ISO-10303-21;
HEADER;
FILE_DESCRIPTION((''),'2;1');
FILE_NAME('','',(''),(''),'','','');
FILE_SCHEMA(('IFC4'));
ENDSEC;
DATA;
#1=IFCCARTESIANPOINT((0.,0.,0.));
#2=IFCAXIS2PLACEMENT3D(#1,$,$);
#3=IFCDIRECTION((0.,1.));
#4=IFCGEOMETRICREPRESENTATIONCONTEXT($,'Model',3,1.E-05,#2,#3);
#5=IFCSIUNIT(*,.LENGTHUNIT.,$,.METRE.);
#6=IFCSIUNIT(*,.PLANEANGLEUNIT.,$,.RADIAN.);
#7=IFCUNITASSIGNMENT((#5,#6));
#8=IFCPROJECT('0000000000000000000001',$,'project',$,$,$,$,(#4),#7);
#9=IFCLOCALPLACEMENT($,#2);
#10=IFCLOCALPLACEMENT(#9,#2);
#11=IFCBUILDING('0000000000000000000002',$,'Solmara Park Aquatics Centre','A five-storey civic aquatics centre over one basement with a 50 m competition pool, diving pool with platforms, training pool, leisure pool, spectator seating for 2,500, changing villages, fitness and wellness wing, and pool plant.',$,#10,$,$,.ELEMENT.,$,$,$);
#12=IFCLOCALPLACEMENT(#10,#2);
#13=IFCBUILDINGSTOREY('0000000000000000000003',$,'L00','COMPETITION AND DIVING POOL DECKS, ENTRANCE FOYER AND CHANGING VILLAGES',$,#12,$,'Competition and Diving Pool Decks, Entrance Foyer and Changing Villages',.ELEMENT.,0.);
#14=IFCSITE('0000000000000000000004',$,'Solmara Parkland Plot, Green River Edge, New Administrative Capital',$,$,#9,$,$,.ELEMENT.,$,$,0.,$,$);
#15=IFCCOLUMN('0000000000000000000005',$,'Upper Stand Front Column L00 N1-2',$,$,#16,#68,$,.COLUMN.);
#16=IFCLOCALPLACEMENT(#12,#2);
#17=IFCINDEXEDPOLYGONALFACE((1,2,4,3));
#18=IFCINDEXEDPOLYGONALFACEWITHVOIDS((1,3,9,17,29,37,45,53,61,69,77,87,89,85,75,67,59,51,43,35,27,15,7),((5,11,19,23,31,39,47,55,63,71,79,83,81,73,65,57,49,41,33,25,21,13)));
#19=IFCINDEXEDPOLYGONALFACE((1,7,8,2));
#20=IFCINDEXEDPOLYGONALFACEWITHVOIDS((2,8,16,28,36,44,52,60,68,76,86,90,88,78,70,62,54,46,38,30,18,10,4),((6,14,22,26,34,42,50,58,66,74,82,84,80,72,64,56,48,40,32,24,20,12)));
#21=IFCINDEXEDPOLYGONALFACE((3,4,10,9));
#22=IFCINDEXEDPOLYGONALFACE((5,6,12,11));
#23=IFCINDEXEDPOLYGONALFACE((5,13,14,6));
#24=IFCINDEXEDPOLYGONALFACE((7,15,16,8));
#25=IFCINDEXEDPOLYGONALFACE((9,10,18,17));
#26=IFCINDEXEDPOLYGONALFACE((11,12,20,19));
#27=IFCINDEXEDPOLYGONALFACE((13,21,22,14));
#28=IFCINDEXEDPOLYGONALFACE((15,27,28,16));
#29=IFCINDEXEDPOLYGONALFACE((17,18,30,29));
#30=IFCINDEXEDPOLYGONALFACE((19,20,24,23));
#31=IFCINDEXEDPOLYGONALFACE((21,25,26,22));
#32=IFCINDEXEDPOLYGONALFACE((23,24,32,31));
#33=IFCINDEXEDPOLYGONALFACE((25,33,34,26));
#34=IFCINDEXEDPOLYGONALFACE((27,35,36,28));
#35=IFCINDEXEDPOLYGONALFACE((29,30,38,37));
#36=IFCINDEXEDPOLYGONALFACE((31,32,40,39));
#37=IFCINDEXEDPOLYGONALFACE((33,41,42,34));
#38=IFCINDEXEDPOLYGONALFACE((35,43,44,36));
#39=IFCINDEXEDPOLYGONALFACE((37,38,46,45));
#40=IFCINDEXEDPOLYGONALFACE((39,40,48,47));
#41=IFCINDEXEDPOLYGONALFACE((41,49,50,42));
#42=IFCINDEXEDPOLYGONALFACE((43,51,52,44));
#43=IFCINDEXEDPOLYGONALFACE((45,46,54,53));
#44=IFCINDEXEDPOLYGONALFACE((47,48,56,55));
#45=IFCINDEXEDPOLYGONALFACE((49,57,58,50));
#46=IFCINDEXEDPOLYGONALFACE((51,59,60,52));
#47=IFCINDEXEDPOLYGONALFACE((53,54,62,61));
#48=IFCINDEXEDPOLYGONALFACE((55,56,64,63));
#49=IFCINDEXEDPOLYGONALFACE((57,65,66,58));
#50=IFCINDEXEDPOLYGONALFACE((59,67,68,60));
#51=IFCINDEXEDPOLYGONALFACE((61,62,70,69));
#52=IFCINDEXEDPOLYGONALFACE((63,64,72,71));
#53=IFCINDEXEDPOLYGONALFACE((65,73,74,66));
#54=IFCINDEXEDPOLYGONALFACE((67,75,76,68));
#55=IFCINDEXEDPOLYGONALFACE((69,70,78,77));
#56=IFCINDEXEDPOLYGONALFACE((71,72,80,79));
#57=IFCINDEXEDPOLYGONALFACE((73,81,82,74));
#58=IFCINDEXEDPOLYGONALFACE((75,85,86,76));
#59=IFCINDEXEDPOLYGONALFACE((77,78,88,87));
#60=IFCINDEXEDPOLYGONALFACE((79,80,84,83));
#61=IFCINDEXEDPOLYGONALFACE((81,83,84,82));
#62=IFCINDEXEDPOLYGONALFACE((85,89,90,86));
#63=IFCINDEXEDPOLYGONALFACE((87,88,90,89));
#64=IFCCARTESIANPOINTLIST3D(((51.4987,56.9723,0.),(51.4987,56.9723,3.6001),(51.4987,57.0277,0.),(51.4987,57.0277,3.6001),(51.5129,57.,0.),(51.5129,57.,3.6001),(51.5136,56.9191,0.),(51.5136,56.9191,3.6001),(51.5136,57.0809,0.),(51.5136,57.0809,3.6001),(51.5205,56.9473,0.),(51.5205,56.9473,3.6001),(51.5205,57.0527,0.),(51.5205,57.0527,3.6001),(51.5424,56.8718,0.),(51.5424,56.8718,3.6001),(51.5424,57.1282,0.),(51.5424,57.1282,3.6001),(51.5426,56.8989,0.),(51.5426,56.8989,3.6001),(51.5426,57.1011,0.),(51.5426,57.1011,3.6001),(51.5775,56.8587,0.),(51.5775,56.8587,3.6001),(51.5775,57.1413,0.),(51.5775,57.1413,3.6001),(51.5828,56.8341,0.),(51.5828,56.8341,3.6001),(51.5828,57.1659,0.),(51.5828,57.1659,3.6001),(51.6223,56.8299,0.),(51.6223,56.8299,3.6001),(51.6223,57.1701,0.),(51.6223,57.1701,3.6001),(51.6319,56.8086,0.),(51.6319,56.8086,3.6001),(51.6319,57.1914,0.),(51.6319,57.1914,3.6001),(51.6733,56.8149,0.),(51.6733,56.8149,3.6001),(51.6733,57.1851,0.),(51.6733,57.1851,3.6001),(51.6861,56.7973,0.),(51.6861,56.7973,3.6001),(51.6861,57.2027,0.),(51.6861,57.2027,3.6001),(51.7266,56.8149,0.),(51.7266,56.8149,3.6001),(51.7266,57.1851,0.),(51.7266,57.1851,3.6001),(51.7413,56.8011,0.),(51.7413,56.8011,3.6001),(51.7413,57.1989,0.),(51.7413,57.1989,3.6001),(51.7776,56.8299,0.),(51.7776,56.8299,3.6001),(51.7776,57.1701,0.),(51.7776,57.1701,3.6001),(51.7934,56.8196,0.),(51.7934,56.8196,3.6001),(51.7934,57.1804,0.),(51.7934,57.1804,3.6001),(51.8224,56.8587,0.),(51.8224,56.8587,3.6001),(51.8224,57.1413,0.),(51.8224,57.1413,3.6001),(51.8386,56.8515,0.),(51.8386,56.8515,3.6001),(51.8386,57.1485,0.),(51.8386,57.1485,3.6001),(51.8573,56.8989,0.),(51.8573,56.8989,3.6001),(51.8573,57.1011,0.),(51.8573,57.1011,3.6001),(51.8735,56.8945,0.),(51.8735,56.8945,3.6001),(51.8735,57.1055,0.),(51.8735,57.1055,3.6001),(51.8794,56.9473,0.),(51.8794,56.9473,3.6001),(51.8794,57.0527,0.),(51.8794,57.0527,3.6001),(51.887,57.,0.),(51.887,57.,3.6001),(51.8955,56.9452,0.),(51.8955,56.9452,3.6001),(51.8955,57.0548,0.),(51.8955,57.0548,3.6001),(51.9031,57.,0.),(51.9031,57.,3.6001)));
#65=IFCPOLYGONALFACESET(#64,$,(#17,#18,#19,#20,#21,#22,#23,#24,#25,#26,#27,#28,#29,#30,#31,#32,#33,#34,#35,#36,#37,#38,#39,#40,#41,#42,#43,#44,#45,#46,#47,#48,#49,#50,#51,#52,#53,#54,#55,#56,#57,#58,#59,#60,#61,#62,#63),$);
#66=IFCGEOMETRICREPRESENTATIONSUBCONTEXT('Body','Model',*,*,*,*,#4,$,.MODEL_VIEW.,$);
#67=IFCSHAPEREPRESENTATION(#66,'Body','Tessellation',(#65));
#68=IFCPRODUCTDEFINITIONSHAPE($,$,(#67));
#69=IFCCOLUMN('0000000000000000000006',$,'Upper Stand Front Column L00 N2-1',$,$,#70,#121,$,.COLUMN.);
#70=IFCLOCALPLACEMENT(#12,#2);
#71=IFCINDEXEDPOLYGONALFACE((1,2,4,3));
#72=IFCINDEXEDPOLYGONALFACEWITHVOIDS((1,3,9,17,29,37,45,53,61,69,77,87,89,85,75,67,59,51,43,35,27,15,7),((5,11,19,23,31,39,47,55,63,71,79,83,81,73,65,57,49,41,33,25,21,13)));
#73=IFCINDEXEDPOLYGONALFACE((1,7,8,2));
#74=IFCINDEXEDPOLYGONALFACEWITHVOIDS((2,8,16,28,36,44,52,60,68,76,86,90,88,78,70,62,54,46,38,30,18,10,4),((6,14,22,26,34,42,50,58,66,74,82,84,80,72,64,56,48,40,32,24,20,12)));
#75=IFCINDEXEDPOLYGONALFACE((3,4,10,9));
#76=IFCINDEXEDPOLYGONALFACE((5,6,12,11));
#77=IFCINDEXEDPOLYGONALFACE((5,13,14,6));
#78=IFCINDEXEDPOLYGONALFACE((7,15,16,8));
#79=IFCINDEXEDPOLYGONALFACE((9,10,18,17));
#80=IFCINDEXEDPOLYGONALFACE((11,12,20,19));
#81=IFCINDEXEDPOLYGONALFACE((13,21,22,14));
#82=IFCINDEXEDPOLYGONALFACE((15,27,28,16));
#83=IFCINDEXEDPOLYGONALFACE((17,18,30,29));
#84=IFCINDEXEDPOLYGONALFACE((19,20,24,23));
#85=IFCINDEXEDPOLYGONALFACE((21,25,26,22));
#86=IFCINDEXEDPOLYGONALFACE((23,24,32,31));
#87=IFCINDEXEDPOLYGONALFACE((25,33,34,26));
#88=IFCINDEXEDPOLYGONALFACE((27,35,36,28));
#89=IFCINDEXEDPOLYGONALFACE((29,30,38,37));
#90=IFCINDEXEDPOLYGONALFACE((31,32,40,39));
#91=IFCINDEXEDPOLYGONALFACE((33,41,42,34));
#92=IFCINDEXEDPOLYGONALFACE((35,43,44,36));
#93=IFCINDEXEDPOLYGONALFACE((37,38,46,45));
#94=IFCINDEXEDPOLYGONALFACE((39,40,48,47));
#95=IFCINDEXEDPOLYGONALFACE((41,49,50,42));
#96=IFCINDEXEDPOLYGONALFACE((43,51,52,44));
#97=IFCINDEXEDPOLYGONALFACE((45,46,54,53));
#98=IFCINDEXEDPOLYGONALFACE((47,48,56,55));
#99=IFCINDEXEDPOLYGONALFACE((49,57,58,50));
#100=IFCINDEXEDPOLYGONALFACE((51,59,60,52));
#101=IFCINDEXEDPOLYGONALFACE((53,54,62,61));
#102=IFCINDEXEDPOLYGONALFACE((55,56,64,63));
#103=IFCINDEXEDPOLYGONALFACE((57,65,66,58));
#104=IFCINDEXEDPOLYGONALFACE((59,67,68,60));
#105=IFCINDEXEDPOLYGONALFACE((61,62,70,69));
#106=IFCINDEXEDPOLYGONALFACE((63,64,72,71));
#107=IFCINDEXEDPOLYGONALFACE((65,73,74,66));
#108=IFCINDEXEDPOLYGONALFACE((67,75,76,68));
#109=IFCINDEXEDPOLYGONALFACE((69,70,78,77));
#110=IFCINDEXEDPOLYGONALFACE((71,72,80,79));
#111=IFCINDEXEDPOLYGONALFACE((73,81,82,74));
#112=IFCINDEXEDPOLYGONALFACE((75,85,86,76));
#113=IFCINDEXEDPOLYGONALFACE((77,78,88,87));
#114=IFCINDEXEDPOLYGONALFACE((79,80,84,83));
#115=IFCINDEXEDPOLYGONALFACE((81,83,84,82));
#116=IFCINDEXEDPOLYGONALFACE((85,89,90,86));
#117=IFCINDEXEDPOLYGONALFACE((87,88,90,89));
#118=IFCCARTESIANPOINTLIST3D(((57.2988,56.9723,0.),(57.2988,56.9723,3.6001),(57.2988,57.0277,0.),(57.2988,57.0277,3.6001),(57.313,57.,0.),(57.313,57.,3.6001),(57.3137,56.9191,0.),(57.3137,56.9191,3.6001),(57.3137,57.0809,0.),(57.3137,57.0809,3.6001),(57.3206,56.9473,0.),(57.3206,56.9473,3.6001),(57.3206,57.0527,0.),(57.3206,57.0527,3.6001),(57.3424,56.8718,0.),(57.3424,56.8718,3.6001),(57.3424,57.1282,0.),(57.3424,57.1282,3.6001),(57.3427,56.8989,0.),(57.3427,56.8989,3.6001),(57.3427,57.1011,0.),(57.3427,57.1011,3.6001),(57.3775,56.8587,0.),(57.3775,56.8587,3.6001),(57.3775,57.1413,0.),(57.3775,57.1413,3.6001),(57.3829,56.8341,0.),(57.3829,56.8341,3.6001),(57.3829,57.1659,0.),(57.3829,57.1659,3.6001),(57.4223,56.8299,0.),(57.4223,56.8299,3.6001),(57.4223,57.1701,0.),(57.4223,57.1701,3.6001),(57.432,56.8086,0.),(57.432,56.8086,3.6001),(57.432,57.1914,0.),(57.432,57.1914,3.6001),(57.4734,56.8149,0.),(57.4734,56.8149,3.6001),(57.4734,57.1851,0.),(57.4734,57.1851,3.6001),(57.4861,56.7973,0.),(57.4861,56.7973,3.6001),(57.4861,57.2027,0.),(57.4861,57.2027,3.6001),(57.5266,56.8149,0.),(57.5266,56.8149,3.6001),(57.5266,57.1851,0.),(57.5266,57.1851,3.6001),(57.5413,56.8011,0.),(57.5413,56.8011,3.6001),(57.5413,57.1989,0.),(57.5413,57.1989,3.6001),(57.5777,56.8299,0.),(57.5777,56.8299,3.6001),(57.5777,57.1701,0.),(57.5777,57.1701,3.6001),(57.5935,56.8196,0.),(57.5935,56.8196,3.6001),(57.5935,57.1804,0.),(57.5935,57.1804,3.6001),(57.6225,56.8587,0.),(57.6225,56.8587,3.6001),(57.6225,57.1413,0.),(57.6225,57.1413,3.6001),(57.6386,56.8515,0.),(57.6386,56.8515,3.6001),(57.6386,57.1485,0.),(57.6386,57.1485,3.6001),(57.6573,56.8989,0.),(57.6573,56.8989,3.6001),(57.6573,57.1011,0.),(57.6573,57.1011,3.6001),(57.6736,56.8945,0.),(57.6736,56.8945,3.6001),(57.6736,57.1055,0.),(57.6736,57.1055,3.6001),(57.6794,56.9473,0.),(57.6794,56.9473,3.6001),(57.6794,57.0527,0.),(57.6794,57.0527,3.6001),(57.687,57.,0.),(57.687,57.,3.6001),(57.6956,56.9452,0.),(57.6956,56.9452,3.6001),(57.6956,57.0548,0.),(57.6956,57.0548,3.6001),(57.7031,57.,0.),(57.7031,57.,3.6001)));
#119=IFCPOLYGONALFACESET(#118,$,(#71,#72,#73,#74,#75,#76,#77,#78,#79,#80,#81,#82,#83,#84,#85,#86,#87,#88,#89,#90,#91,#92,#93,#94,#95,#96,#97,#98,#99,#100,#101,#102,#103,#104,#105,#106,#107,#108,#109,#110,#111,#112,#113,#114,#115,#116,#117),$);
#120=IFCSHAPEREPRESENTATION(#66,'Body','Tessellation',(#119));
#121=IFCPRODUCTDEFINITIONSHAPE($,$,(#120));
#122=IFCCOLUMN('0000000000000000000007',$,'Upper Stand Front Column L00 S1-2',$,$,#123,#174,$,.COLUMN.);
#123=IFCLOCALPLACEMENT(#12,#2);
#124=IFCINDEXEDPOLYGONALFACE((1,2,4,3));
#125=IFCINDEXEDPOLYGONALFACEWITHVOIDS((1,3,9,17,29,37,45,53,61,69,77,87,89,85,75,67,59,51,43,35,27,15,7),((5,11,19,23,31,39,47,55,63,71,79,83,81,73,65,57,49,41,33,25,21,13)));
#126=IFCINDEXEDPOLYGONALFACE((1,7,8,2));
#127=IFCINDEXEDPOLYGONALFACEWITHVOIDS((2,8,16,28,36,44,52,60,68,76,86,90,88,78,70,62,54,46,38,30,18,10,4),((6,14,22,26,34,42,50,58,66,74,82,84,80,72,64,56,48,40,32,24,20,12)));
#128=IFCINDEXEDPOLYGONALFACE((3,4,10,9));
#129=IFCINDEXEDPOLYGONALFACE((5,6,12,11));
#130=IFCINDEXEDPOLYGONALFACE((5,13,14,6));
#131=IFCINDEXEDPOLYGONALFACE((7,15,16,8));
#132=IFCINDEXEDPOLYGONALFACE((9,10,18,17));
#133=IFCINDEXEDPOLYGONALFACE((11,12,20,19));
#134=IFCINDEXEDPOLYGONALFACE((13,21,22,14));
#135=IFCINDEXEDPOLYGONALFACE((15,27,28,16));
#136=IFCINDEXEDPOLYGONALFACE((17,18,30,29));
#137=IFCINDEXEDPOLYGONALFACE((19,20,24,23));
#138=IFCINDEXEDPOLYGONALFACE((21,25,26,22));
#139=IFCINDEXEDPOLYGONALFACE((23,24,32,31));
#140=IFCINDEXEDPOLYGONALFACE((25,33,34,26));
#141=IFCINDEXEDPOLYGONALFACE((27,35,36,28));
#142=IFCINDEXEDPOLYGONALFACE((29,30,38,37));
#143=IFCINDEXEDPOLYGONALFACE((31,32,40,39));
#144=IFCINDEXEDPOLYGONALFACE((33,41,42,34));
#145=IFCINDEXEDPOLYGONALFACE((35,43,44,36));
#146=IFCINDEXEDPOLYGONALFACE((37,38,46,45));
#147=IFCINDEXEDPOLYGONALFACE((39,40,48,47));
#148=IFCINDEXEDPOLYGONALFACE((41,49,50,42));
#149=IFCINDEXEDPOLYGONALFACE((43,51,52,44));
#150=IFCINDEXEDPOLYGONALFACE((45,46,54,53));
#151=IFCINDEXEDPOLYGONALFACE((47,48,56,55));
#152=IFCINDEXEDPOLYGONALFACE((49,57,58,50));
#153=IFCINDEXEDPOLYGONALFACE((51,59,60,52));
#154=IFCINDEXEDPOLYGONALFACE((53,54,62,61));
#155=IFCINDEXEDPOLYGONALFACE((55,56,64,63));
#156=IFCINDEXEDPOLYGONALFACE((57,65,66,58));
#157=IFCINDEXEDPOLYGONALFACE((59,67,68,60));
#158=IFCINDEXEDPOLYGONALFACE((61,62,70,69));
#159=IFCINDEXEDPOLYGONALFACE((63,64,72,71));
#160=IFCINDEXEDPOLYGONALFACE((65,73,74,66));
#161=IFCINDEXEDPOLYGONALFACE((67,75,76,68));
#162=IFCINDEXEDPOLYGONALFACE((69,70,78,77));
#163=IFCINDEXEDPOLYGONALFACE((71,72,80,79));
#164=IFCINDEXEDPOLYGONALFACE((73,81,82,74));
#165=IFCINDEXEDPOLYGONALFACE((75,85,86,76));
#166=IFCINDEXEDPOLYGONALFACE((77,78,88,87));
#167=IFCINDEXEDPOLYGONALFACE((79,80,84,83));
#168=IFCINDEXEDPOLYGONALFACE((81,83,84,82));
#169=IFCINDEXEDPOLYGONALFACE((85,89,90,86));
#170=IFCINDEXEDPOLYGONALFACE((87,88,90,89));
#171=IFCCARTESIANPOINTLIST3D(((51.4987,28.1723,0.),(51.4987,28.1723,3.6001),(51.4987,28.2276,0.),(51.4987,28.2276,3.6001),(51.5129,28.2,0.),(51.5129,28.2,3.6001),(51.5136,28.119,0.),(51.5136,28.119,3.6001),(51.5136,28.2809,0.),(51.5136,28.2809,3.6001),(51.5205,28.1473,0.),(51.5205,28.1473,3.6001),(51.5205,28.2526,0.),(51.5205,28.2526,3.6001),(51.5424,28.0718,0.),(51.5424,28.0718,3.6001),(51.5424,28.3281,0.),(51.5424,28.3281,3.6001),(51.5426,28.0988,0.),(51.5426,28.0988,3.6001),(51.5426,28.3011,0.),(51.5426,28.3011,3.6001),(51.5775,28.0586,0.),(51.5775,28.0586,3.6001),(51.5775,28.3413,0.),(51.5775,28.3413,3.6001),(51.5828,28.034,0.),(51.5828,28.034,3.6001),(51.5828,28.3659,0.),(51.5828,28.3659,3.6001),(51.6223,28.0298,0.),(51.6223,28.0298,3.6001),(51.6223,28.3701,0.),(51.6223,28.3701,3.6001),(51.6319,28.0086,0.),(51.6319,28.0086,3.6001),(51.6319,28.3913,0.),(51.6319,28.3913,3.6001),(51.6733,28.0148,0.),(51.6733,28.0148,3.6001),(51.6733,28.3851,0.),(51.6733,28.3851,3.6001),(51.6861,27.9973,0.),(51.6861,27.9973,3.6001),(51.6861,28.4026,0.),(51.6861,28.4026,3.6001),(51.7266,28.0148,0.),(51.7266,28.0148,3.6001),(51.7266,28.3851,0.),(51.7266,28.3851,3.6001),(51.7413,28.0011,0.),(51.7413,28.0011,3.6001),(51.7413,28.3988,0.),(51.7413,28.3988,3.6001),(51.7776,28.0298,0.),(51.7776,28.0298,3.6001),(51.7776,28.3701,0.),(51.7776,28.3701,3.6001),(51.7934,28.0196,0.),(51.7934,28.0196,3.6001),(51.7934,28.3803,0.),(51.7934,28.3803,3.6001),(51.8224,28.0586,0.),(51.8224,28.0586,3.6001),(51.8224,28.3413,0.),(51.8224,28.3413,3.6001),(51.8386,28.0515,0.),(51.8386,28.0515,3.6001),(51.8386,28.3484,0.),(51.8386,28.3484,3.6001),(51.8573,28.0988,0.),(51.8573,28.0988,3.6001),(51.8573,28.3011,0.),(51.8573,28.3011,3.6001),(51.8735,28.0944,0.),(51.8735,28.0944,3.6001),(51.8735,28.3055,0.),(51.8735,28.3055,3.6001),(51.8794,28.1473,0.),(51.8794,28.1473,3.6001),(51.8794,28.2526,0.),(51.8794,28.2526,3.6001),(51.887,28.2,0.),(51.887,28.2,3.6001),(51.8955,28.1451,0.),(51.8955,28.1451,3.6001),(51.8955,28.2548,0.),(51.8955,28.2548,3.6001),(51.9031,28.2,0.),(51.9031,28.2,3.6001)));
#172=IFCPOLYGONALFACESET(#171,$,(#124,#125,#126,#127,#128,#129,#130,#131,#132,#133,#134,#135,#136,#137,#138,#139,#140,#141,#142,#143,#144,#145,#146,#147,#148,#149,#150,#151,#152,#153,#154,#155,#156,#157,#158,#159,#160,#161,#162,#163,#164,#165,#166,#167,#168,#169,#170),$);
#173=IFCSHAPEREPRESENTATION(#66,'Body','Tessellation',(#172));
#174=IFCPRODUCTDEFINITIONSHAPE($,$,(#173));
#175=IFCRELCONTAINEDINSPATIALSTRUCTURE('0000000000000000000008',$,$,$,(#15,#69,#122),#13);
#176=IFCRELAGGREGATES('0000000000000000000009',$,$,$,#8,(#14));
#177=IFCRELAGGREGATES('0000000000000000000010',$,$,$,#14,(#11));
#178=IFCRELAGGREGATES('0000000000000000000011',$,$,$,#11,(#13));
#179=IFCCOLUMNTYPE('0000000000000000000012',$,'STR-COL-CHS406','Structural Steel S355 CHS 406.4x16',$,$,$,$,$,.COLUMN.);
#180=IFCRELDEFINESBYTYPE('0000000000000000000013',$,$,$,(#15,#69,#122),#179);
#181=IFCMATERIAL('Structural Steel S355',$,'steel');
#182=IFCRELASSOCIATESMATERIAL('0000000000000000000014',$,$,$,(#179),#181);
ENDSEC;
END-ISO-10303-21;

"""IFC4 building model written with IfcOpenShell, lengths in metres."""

from ifc_helpers import new_model, si_unit, direction, frame, origin, origin_2d, place, context, subcontext, project, spatial, hollow_circle, extrude, material, material_profile, profile_set, type_object, element, save


model = new_model("IFC4")

# Units and contexts
model_context = context("Model", 3, precision=1e-05, world=origin(), true_north=direction((0.0, 1.0)))
body_context = subcontext(model_context, "Body", "Model", "MODEL_VIEW")
ifc_project = project(units=[si_unit("LENGTHUNIT", "METRE"), si_unit("PLANEANGLEUNIT", "RADIAN")], contexts=[model_context])

# Site, building, storey
site_placement = place(None, origin())
site = spatial("IfcSite", under=ifc_project, at=site_placement, Name="Solmara Parkland Plot, Green River Edge, New Administrative Capital", CompositionType="ELEMENT", RefElevation=0.0)
building_placement = place(site_placement, origin())
building = spatial("IfcBuilding", under=site, at=building_placement, Name="Solmara Park Aquatics Centre", Description="A five-storey civic aquatics centre over one basement with a 50 m competition pool, diving pool with platforms, training pool, leisure pool, spectator seating for 2,500, changing villages, fitness and wellness wing, and pool plant.", CompositionType="ELEMENT")
storey_placement = place(building_placement, origin())
storey = spatial("IfcBuildingStorey", under=building, at=storey_placement, Name="L00", Description="COMPETITION AND DIVING POOL DECKS, ENTRANCE FOYER AND CHANGING VILLAGES", LongName="Competition and Diving Pool Decks, Entrance Foyer and Changing Villages", CompositionType="ELEMENT", Elevation=0.0)

# Columns
ifc_material_1 = material(Name="Structural Steel S355", Category="steel")
ifc_material_profile_1 = material_profile(ifc_material_1, hollow_circle(Radius=0.2031, WallThickness=0.0161, at=origin_2d()), Name="CHS 406.4x16")
ifc_profile_set_1 = profile_set([ifc_material_profile_1], Name="Structural Steel S355")
column_type_1 = type_object("IfcColumnType", Name="STR-COL-CHS406", Description="Structural Steel S355 CHS 406.4x16", PredefinedType="COLUMN", material=ifc_profile_set_1)
for number, where, z_axis, x_axis, name in (
    (1, (51.7, 57.0, 0.0), (0.0, 0.0, 1.0), (1.0, 0.0, 0.0), "Upper Stand Front Column L00 N1-2"),
    (2, (57.5, 57.0, 0.0), (0.0, 0.0, 1.0), (1.0, 0.0, 0.0), "Upper Stand Front Column L00 N2-1"),
    (3, (51.7, 28.2, 0.0), (0.0, 0.0, 1.0), (1.0, 0.0, 0.0), "Upper Stand Front Column L00 S1-2"),
):
    element("IfcColumn", number, at=place(storey_placement, frame(where, z_axis=z_axis, x_axis=x_axis)), inside=storey, type_object=column_type_1, Name=name, PredefinedType="COLUMN", context=body_context, shape_type="SweptSolid", body=[
        extrude(hollow_circle(Radius=0.2031, WallThickness=0.0161, at=origin_2d()), origin(), (0.0, 0.0, 1.0), 3.6001),
    ])

save(model, "model.ifc")
